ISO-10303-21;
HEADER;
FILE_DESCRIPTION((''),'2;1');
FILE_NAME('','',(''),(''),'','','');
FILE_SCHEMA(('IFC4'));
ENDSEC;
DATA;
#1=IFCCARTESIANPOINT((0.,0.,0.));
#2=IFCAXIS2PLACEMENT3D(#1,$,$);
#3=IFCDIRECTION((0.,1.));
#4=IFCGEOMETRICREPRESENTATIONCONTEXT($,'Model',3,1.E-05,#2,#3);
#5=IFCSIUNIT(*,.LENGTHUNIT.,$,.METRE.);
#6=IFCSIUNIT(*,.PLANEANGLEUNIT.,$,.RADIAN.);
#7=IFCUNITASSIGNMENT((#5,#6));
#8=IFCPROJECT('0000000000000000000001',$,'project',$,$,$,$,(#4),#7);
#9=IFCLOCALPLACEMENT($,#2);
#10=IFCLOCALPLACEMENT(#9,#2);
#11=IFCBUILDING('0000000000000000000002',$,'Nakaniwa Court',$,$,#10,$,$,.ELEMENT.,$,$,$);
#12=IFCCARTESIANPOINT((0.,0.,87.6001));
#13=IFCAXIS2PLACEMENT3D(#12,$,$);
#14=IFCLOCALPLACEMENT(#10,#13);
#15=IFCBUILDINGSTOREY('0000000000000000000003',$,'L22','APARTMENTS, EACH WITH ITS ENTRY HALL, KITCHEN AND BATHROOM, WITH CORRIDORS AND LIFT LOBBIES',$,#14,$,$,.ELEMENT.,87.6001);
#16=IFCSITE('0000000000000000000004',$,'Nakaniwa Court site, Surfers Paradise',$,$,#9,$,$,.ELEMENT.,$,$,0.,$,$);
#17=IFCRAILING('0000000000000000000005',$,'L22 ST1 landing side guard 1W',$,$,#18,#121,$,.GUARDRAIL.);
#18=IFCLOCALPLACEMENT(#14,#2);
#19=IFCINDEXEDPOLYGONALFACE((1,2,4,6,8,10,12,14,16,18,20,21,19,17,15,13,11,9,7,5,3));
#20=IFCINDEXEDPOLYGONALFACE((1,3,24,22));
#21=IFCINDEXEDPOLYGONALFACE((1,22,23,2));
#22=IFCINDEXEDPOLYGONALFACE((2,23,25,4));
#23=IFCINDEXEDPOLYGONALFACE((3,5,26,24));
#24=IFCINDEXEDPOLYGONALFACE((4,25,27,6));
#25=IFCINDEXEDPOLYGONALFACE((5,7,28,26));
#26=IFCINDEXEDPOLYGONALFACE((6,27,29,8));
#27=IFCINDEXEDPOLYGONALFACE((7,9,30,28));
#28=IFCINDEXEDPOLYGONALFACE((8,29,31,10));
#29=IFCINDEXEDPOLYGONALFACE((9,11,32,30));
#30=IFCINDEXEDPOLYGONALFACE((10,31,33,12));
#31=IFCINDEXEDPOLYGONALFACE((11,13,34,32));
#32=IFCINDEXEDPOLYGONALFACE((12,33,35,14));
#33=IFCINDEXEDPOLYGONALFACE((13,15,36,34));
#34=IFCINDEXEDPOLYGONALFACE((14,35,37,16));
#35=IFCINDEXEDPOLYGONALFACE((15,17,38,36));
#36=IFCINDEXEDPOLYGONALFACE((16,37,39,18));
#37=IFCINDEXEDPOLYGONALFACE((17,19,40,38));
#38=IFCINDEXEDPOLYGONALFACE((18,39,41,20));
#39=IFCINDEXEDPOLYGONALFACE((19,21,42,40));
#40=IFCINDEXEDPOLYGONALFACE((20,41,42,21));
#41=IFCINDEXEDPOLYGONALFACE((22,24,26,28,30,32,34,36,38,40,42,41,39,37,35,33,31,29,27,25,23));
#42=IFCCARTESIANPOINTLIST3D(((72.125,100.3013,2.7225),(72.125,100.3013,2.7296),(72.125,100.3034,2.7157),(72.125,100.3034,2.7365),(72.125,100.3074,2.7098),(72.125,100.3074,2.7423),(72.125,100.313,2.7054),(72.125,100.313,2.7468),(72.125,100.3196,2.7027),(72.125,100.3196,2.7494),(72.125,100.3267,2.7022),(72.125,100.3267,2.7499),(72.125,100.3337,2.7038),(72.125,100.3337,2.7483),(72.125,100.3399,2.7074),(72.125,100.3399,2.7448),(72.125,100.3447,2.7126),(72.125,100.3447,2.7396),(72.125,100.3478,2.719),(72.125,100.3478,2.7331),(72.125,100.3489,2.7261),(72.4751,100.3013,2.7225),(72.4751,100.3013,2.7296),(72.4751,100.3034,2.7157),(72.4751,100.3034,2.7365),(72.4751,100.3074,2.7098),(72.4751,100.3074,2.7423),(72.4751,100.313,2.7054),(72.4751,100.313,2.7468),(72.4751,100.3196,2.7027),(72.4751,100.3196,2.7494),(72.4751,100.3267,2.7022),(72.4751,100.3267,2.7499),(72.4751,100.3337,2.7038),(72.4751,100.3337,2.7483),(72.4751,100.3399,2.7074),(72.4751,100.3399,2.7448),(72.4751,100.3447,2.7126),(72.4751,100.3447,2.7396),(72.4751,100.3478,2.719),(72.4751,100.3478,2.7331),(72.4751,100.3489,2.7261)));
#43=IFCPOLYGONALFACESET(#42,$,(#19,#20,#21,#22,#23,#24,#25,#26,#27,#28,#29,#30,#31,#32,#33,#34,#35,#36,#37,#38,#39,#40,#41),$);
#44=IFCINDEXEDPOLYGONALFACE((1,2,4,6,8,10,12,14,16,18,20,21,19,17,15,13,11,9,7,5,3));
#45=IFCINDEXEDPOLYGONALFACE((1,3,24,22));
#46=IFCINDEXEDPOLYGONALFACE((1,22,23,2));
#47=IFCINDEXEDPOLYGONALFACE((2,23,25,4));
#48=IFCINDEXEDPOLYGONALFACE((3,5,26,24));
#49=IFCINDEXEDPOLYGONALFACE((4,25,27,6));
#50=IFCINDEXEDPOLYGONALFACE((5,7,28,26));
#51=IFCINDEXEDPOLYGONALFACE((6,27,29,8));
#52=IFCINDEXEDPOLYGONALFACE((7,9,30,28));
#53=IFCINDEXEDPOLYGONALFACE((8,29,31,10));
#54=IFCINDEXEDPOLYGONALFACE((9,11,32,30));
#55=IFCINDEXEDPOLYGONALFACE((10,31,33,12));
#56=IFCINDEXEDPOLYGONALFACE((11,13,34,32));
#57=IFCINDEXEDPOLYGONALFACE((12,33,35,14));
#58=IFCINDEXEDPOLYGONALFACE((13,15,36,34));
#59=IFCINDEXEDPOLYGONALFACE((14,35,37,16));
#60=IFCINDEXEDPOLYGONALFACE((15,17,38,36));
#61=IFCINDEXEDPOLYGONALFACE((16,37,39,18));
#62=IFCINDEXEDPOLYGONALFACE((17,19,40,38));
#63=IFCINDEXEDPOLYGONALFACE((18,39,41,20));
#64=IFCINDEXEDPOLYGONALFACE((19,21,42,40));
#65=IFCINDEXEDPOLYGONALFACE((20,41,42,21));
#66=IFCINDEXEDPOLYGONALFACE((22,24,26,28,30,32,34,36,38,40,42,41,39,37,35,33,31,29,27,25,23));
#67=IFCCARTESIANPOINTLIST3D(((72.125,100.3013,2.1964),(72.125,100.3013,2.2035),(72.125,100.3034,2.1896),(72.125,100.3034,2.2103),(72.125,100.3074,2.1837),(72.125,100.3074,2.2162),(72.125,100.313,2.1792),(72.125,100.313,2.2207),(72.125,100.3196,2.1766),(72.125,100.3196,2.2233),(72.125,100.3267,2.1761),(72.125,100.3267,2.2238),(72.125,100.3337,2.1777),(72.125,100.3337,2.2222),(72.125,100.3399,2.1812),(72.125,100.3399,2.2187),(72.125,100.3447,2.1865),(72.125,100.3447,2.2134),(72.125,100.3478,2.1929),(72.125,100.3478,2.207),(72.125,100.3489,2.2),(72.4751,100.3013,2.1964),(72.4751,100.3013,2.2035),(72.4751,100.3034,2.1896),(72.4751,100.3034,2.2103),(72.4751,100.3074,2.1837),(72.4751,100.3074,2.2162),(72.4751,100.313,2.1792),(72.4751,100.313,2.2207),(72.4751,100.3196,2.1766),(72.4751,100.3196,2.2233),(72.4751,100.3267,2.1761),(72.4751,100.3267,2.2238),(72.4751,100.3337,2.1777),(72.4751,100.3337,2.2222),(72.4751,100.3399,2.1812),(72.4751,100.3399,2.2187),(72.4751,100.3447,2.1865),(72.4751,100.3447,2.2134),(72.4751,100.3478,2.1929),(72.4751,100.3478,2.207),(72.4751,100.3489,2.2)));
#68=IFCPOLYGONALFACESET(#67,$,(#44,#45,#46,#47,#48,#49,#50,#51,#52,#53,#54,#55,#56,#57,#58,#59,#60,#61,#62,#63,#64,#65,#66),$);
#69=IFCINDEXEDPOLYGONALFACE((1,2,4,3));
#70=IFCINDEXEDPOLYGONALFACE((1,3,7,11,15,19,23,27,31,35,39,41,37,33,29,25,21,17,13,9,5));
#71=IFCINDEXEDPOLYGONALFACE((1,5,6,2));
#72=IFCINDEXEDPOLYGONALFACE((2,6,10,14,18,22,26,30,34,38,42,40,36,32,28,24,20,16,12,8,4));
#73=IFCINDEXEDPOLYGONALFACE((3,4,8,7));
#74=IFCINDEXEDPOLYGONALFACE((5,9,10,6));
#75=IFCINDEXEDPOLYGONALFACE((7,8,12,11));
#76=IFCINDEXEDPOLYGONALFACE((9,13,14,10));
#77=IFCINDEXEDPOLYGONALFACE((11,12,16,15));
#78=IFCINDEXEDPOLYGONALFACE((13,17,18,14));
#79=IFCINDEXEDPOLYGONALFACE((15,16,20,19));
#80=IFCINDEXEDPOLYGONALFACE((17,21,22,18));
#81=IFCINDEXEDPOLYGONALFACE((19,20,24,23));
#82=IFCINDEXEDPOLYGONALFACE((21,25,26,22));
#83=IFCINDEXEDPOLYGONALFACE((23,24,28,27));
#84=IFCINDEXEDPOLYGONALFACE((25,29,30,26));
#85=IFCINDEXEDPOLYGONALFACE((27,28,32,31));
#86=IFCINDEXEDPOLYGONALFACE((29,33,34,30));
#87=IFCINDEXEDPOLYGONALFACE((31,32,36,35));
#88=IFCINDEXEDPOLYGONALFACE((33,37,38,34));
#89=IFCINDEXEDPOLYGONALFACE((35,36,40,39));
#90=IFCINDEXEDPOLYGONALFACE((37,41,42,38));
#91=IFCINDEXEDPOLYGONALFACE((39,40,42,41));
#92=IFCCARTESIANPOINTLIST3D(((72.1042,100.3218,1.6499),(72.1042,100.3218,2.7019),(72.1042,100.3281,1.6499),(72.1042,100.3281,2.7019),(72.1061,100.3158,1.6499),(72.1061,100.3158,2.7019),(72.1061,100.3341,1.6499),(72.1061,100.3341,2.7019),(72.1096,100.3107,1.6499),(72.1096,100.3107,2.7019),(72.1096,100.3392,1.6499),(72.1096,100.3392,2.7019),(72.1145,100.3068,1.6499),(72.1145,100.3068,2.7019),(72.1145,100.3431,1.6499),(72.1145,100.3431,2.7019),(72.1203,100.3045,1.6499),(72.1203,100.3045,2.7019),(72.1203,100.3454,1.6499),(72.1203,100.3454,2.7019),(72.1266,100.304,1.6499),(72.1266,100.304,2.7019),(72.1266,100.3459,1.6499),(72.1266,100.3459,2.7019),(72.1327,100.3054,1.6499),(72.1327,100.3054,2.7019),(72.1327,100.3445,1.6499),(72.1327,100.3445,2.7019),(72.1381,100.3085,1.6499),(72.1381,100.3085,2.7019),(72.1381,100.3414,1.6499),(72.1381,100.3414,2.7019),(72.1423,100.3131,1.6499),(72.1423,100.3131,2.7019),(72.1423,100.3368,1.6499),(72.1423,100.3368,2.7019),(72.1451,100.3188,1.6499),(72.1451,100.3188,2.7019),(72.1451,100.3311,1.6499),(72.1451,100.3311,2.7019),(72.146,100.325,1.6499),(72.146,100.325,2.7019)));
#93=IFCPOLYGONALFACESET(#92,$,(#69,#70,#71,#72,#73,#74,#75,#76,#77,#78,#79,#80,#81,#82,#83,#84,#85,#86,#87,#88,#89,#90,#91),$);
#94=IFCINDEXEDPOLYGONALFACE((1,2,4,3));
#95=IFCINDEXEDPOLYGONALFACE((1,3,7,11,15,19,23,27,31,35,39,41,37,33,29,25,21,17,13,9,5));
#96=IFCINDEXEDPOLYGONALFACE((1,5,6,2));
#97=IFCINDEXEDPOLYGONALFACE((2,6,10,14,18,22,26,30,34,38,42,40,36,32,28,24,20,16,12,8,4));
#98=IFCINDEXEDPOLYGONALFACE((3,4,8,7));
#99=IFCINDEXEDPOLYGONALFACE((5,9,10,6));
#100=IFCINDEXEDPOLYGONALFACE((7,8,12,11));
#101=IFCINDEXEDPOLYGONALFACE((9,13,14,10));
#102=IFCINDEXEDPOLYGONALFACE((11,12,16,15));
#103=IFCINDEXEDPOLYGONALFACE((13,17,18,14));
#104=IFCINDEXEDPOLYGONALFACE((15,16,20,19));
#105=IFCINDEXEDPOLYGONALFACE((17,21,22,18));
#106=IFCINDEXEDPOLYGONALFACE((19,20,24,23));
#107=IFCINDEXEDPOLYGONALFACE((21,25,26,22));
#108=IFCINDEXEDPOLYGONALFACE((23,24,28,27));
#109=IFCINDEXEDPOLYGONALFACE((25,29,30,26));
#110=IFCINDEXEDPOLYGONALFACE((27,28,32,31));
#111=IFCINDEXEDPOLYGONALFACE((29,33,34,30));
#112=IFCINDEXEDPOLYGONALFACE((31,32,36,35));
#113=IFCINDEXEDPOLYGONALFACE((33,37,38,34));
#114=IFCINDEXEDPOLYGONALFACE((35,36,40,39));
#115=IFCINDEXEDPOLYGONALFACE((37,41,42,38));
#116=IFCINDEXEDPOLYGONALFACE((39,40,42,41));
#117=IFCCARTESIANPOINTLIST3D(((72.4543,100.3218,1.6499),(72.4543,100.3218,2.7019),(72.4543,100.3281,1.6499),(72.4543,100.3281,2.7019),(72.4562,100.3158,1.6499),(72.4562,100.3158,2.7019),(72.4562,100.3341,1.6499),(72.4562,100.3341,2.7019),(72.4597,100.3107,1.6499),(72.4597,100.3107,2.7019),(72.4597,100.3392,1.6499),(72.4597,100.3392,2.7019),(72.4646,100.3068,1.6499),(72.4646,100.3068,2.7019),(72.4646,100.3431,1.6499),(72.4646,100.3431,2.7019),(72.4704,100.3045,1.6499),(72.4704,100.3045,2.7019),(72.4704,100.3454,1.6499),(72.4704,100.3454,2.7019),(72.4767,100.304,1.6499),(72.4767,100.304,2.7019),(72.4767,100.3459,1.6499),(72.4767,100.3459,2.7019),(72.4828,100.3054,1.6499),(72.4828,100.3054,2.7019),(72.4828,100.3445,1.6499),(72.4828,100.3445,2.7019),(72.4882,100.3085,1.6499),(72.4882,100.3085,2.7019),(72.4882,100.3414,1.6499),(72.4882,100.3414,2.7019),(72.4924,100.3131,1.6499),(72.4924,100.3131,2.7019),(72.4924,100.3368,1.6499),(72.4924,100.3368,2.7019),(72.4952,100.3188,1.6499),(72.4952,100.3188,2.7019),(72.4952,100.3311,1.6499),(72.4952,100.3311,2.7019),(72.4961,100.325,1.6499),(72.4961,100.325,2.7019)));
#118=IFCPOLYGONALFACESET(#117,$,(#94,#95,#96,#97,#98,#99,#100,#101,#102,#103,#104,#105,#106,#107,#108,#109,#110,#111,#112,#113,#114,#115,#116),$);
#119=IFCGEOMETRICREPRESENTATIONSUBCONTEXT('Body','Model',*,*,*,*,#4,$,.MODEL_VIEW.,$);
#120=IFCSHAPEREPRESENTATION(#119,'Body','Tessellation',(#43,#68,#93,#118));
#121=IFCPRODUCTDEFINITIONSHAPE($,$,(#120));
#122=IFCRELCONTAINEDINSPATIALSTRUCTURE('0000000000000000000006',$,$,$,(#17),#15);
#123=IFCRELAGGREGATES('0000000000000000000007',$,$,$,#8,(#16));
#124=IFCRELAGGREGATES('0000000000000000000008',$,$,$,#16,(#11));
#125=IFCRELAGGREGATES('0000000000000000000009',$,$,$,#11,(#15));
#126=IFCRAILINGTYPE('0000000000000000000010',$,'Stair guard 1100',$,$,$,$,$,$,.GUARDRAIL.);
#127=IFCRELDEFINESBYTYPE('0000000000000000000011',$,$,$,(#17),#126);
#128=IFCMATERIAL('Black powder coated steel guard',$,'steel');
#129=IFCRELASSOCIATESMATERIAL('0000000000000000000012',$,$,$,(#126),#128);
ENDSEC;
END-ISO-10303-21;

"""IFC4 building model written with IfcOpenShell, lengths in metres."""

from ifc_helpers import new_model, si_unit, direction, frame, origin, origin_2d, place, context, subcontext, project, spatial, circle, extrude, material, type_object, element, save


model = new_model("IFC4")

# Units and contexts
model_context = context("Model", 3, precision=1e-05, world=origin(), true_north=direction((0.0, 1.0)))
body_context = subcontext(model_context, "Body", "Model", "MODEL_VIEW")
ifc_project = project(units=[si_unit("LENGTHUNIT", "METRE"), si_unit("PLANEANGLEUNIT", "RADIAN")], contexts=[model_context])

# Site, building, storey
site_placement = place(None, origin())
site = spatial("IfcSite", under=ifc_project, at=site_placement, Name="Nakaniwa Court site, Surfers Paradise", CompositionType="ELEMENT", RefElevation=0.0)
building_placement = place(site_placement, origin())
building = spatial("IfcBuilding", under=site, at=building_placement, Name="Nakaniwa Court", CompositionType="ELEMENT")
storey_placement = place(building_placement, frame((0.0, 0.0, 87.6001)))
storey = spatial("IfcBuildingStorey", under=building, at=storey_placement, Name="L22", Description="APARTMENTS, EACH WITH ITS ENTRY HALL, KITCHEN AND BATHROOM, WITH CORRIDORS AND LIFT LOBBIES", CompositionType="ELEMENT", Elevation=87.6001)

# Railing
ifc_material_1 = material(Name="Black powder coated steel guard", Category="steel")
railing_type_1 = type_object("IfcRailingType", Name="Stair guard 1100", PredefinedType="GUARDRAIL", material=ifc_material_1)
for number, where, name in (
    (1, (72.125, 100.325, 1.6499), "L22 ST1 landing side guard 1W"),
):
    element("IfcRailing", number, at=place(storey_placement, frame(where)), inside=storey, type_object=railing_type_1, Name=name, PredefinedType="GUARDRAIL", context=body_context, shape_type="SweptSolid", body=[
        extrude(circle(Radius=0.0239, at=origin_2d()), frame((0.0, 0.0, 1.0762), z_axis=(1.0, 0.0, 0.0), x_axis=(0.0, 1.0, 0.0)), (0.0, 0.0, 1.0), 0.3501),
        extrude(circle(Radius=0.0239, at=origin_2d()), frame((0.0, 0.0, 0.55), z_axis=(1.0, 0.0, 0.0), x_axis=(0.0, 1.0, 0.0)), (0.0, 0.0, 1.0), 0.3501),
        extrude(circle(Radius=0.021, at=origin_2d()), origin(), (0.0, 0.0, 1.0), 1.052),
        extrude(circle(Radius=0.021, at=origin_2d()), frame((0.3501, 0.0, 0.0)), (0.0, 0.0, 1.0), 1.052),
    ])

save(model, "model.ifc")
